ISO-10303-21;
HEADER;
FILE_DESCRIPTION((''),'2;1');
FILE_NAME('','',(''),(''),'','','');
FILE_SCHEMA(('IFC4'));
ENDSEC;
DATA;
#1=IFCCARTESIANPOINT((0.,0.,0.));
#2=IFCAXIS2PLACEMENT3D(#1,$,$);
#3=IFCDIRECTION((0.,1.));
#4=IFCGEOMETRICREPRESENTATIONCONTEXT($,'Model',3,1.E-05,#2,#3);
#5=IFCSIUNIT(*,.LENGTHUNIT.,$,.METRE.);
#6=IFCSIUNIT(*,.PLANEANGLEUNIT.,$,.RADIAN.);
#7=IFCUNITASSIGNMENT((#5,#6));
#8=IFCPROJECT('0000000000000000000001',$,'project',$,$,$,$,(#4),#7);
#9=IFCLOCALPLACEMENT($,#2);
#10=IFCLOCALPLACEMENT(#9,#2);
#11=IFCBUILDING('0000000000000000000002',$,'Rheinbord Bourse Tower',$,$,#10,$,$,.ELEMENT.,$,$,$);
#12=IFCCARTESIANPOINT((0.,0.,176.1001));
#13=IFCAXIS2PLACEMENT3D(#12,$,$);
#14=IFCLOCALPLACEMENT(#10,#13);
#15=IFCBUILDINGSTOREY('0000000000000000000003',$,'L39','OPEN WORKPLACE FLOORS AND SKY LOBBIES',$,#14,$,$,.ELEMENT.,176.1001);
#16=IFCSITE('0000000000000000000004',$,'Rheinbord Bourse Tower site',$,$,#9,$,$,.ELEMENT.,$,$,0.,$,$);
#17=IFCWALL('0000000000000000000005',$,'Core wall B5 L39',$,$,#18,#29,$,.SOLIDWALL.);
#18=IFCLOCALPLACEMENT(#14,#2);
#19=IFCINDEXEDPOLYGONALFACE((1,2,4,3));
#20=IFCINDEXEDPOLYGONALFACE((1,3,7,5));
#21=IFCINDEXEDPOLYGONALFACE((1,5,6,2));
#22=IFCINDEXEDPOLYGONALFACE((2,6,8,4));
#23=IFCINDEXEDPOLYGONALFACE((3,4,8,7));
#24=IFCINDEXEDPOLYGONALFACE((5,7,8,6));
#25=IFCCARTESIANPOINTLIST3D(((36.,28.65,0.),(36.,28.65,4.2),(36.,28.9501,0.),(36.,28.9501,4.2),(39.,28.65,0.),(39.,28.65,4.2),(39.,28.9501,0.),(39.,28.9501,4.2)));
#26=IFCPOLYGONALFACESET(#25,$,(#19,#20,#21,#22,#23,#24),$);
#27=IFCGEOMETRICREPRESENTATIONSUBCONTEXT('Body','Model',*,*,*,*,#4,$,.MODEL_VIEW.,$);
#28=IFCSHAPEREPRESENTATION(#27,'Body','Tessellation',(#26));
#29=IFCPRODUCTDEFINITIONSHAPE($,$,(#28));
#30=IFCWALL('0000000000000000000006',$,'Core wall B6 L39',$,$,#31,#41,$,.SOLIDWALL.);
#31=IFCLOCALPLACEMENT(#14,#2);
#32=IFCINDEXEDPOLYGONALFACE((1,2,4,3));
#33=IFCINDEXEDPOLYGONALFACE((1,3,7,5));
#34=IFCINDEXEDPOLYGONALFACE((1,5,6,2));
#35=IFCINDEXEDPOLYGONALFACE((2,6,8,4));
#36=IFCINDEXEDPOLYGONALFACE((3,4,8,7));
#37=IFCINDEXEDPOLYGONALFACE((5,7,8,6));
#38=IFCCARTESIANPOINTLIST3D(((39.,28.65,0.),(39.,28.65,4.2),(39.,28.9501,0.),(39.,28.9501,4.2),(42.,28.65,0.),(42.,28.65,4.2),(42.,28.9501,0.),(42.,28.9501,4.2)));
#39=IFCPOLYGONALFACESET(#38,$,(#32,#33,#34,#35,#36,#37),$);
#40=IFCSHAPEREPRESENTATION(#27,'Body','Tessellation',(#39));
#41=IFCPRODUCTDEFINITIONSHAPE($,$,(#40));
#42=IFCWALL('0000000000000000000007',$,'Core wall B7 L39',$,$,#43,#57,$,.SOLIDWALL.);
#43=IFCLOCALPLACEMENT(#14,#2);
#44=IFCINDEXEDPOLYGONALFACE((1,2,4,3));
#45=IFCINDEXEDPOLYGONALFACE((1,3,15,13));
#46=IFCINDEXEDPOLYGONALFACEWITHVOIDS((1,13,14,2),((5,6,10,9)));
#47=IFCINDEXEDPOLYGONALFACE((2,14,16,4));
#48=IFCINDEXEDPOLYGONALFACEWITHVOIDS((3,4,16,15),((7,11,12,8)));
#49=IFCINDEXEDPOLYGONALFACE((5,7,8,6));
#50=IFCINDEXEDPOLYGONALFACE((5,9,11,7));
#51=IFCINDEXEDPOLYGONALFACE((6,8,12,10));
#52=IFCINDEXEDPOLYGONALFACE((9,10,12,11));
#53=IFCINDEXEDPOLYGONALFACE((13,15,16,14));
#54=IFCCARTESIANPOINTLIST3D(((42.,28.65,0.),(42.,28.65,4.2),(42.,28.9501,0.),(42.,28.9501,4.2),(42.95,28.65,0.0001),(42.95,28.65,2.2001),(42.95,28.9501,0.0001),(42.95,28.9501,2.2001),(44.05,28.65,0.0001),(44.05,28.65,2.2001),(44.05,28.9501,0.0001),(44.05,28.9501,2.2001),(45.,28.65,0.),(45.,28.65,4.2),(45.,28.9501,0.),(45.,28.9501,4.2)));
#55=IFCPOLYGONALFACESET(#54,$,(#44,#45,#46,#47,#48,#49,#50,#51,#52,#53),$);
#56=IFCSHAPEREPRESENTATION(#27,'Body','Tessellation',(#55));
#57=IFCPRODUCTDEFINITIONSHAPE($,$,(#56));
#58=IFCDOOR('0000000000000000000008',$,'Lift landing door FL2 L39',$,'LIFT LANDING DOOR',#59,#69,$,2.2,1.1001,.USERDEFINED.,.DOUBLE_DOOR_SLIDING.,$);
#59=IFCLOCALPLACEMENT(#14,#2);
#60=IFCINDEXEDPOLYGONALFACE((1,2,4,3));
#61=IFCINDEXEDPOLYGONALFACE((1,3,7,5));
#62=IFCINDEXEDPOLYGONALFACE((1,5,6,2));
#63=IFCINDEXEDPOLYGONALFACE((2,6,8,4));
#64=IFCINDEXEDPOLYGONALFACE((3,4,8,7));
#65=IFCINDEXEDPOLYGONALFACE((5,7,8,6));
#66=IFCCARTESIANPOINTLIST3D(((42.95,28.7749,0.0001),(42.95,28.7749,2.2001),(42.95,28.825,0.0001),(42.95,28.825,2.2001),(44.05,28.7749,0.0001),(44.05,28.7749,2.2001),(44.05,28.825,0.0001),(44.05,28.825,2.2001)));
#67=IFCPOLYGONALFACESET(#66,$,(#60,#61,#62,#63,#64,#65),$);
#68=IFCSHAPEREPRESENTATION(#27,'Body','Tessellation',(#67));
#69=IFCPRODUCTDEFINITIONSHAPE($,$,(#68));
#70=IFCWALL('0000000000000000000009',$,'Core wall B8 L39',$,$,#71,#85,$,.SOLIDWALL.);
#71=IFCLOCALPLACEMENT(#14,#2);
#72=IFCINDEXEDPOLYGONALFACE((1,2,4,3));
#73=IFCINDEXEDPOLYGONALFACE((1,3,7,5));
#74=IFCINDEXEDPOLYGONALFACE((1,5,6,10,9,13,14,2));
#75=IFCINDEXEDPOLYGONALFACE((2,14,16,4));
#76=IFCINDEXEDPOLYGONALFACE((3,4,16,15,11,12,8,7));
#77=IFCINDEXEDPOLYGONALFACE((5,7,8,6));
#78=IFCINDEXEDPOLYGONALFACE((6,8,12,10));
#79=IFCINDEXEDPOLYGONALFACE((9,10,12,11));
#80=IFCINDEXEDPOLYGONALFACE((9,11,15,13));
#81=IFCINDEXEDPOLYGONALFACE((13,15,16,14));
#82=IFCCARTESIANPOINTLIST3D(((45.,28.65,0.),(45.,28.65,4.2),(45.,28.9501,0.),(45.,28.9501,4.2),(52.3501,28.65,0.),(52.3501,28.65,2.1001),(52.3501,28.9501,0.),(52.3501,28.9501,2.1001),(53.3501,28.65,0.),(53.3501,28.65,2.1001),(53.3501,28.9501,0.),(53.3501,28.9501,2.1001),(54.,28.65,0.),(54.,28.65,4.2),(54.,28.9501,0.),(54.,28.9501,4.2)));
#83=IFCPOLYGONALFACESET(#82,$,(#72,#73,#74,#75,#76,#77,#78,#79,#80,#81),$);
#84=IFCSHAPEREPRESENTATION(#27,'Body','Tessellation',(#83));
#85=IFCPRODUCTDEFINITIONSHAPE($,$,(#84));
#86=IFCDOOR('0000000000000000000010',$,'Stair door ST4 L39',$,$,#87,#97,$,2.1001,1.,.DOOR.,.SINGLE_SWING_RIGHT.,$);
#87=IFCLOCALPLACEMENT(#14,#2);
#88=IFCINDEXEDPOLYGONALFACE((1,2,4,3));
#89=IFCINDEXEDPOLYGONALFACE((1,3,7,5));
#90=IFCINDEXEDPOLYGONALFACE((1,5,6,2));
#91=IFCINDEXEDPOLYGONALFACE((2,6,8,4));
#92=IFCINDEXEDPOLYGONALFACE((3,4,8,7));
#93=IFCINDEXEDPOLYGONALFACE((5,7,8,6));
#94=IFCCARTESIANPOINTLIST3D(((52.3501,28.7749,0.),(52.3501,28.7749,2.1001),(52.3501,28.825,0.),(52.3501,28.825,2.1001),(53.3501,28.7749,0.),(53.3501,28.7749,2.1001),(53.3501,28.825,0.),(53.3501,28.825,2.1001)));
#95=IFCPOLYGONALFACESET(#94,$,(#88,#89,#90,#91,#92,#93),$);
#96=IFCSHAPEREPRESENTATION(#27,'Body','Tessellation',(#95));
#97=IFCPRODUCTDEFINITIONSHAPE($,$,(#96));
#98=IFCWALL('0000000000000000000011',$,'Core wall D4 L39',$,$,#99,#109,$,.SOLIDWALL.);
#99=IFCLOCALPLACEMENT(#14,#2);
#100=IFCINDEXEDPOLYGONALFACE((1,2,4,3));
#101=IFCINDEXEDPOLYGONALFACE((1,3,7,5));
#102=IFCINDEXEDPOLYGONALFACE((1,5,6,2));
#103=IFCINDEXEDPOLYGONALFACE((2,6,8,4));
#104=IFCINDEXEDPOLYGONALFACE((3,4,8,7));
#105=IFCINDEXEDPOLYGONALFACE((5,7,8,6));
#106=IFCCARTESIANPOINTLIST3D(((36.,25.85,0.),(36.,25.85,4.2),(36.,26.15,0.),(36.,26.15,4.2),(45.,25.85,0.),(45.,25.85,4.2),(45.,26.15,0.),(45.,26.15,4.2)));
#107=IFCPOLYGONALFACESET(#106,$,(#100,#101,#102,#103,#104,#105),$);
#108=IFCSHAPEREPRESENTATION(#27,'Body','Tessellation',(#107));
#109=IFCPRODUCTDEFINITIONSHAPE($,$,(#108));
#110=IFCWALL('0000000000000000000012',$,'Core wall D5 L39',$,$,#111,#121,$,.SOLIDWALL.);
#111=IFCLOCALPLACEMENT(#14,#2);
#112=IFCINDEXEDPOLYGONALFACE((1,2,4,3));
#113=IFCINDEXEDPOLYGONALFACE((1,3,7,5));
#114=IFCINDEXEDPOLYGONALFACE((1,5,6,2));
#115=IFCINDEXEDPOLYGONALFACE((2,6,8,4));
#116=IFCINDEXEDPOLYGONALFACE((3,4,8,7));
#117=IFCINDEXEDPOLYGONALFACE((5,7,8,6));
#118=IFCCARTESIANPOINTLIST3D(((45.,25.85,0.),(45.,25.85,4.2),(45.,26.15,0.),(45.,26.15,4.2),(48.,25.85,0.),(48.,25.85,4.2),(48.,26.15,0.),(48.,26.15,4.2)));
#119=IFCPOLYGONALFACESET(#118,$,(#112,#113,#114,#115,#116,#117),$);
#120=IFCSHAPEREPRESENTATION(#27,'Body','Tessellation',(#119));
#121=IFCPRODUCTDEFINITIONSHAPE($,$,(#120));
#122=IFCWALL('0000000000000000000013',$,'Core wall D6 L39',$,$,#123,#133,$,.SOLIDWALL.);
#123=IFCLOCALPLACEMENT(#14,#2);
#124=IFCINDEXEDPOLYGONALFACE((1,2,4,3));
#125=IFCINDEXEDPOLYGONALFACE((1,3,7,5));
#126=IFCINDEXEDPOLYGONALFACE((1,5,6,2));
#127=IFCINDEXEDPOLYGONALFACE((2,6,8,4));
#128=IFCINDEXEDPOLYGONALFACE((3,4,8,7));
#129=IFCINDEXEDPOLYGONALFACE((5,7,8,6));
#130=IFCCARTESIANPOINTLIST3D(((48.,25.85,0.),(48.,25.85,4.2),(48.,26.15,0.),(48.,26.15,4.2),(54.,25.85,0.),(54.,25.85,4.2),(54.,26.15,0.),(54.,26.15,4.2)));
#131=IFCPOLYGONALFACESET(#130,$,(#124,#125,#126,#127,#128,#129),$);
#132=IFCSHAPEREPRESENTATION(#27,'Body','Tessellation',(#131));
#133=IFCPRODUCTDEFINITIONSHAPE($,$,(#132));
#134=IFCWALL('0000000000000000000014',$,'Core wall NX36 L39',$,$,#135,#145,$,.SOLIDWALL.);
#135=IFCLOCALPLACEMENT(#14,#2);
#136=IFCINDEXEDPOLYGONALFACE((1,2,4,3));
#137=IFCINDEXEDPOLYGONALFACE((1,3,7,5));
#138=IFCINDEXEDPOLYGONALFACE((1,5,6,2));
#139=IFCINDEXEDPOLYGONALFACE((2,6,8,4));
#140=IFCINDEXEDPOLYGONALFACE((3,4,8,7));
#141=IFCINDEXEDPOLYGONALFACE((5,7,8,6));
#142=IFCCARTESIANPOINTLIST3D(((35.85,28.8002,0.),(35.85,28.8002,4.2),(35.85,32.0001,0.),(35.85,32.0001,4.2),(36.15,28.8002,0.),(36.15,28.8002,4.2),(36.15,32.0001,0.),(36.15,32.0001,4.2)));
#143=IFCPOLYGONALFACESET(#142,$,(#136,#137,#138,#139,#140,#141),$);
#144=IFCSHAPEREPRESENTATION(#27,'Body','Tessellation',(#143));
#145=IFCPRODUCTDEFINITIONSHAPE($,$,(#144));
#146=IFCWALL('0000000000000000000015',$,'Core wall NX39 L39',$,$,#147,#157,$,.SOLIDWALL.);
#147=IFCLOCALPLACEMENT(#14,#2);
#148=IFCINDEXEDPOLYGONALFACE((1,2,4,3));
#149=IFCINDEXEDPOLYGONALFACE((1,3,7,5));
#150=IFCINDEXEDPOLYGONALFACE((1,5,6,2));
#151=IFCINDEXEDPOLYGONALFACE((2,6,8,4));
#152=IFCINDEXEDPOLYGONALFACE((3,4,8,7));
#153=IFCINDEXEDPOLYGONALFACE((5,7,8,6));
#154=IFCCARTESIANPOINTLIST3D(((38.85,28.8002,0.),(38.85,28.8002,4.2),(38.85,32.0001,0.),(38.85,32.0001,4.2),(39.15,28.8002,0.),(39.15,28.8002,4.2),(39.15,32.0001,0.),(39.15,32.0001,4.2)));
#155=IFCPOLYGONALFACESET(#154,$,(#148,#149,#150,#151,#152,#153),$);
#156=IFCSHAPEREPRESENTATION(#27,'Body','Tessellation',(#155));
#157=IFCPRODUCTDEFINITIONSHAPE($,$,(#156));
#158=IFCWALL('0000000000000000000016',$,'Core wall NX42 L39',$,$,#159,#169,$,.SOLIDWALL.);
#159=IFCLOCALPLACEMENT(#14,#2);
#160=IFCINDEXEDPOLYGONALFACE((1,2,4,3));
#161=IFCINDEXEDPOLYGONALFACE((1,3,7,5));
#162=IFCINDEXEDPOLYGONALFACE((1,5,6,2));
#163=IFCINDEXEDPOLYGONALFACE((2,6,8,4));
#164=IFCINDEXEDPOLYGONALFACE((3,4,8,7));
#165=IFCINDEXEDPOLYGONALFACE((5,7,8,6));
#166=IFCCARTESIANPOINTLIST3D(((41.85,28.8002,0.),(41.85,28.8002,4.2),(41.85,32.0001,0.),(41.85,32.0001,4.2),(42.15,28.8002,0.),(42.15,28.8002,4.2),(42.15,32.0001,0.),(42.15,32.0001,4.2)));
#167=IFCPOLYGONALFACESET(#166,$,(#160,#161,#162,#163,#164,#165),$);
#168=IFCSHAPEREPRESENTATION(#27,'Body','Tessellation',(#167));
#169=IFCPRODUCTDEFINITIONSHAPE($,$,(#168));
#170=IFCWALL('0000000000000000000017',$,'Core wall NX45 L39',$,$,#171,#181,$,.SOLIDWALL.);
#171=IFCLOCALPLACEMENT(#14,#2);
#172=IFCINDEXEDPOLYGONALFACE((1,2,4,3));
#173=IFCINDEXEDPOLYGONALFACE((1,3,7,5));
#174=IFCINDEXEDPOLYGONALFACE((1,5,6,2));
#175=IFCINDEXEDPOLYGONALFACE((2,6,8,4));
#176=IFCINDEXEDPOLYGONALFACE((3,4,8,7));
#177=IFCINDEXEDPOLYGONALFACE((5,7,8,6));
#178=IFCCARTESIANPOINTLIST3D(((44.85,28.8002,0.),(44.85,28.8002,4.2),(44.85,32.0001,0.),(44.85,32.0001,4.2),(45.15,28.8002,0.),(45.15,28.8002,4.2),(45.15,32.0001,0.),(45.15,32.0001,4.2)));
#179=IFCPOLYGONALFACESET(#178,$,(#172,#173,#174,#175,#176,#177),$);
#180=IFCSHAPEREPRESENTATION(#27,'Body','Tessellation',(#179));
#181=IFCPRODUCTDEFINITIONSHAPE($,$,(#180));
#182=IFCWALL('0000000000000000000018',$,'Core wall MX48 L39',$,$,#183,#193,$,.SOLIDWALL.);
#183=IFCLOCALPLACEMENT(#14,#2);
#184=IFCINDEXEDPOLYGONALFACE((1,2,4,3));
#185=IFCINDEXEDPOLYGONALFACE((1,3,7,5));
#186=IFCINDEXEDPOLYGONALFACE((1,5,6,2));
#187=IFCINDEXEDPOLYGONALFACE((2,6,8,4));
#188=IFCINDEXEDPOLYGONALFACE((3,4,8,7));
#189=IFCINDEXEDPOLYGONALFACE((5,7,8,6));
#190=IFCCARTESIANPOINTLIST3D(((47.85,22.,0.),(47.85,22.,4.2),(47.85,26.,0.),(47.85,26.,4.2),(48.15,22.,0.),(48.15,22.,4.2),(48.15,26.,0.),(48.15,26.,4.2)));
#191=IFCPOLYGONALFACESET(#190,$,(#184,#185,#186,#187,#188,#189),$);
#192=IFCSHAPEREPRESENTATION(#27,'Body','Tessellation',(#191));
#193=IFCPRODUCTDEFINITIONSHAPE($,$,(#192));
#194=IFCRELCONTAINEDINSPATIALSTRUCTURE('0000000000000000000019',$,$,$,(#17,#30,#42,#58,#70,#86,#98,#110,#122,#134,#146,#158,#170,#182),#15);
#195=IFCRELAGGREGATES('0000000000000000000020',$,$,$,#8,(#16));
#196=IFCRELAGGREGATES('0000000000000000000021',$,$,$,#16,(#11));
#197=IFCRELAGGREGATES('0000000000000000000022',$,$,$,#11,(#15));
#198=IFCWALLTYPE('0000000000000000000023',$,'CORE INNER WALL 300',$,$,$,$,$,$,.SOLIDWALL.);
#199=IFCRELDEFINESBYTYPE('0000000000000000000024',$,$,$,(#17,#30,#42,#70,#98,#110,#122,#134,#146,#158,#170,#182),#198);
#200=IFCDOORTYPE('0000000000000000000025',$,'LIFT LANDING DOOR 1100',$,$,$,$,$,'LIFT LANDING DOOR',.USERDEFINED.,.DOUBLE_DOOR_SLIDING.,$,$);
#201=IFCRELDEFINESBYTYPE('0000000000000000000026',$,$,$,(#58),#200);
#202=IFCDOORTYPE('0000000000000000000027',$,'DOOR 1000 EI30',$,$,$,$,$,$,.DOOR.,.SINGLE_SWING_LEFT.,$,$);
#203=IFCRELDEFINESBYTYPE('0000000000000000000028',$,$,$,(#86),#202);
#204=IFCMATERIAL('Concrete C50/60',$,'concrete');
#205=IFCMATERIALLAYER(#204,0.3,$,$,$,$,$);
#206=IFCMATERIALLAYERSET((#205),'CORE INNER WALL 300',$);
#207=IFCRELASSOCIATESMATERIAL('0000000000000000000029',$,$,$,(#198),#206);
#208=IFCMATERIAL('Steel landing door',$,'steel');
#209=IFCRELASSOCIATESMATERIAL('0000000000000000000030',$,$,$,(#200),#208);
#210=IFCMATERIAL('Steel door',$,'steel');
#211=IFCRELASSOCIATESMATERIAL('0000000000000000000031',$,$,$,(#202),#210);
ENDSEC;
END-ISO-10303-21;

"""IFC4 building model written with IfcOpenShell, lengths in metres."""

from ifc_helpers import new_model, si_unit, direction, frame, frame_2d, origin, place, context, subcontext, project, spatial, rectangle, extrude, material, layer, layer_set, type_object, element, fill, save


model = new_model("IFC4")

# Units and contexts
model_context = context("Model", 3, precision=1e-05, world=origin(), true_north=direction((0.0, 1.0)))
body_context = subcontext(model_context, "Body", "Model", "MODEL_VIEW")
ifc_project = project(units=[si_unit("LENGTHUNIT", "METRE"), si_unit("PLANEANGLEUNIT", "RADIAN")], contexts=[model_context])

# Site, building, storey
site_placement = place(None, origin())
site = spatial("IfcSite", under=ifc_project, at=site_placement, Name="Rheinbord Bourse Tower site", CompositionType="ELEMENT", RefElevation=0.0)
building_placement = place(site_placement, origin())
building = spatial("IfcBuilding", under=site, at=building_placement, Name="Rheinbord Bourse Tower", CompositionType="ELEMENT")
storey_placement = place(building_placement, frame((0.0, 0.0, 176.1001)))
storey = spatial("IfcBuildingStorey", under=building, at=storey_placement, Name="L39", Description="OPEN WORKPLACE FLOORS AND SKY LOBBIES", CompositionType="ELEMENT", Elevation=176.1001)

# Walls
ifc_material_1 = material(Name="Concrete C50/60", Category="concrete")
ifc_layer_1 = layer(ifc_material_1, 0.3)
ifc_layer_set_1 = layer_set([ifc_layer_1], Name="CORE INNER WALL 300")
wall_type_1 = type_object("IfcWallType", Name="CORE INNER WALL 300", PredefinedType="SOLIDWALL", material=ifc_layer_set_1)
for number, where, z_axis, x_axis, name in (
    (1, (36.0, 28.8, 0.0), (0.0, 0.0, 1.0), (1.0, 0.0, 0.0), "Core wall B5 L39"),
    (2, (39.0, 28.8, 0.0), (0.0, 0.0, 1.0), (1.0, 0.0, 0.0), "Core wall B6 L39"),
):
    element("IfcWall", number, at=place(storey_placement, frame(where, z_axis=z_axis, x_axis=x_axis)), inside=storey, type_object=wall_type_1, Name=name, PredefinedType="SOLIDWALL", context=body_context, shape_type="SweptSolid", body=[
        extrude(rectangle(XDim=3.0, YDim=0.3, at=frame_2d((1.5, 0.0))), origin(), (0.0, 0.0, 1.0), 4.2),
    ])

# Walls, openings, doors
wall_1_placement = place(storey_placement, frame((42.0, 28.8, 0.0), z_axis=(0.0, 0.0, 1.0), x_axis=(1.0, 0.0, 0.0)))
wall_1 = element("IfcWall", 3, at=wall_1_placement, inside=storey, type_object=wall_type_1, Name="Core wall B7 L39", PredefinedType="SOLIDWALL", context=body_context, shape_type="SweptSolid", body=[
    extrude(rectangle(XDim=3.0, YDim=0.3, at=frame_2d((1.5, 0.0))), origin(), (0.0, 0.0, 1.0), 4.2),
])
opening_1_placement = place(wall_1_placement, frame((0.95, 0.0, 0.0)))
opening_1 = element("IfcOpeningElement", 4, at=opening_1_placement, cuts=wall_1, PredefinedType="OPENING", context=body_context, shape_type="SweptSolid", body=[
    extrude(rectangle(XDim=1.1001, YDim=2.2, at=frame_2d((0.55, 1.1001))), frame((0.0, 0.1599, 0.0), z_axis=(0.0, -1.0, 0.0), x_axis=(1.0, 0.0, 0.0)), (0.0, 0.0, 1.0), 0.3201),
])
ifc_material_2 = material(Name="Steel landing door", Category="steel")
door_type_1 = type_object("IfcDoorType", Name="LIFT LANDING DOOR 1100", ElementType="LIFT LANDING DOOR", OperationType="DOUBLE_DOOR_SLIDING", PredefinedType="USERDEFINED", material=ifc_material_2)
door_1_placement = place(opening_1_placement, origin())
door_1 = element("IfcDoor", 5, at=door_1_placement, inside=storey, type_object=door_type_1, Name="Lift landing door FL2 L39", ObjectType="LIFT LANDING DOOR", OperationType="DOUBLE_DOOR_SLIDING", OverallHeight=2.2, OverallWidth=1.1001, PredefinedType="USERDEFINED", context=body_context, shape_type="SweptSolid", body=[
    extrude(rectangle(XDim=1.1001, YDim=2.2, at=frame_2d((0.55, 1.1001))), frame((0.0, 0.0249, 0.0), z_axis=(0.0, -1.0, 0.0), x_axis=(1.0, 0.0, 0.0)), (0.0, 0.0, 1.0), 0.05),
])
fill(opening_1, door_1)
wall_2_placement = place(storey_placement, frame((45.0, 28.8, 0.0), z_axis=(0.0, 0.0, 1.0), x_axis=(1.0, 0.0, 0.0)))
wall_2 = element("IfcWall", 6, at=wall_2_placement, inside=storey, type_object=wall_type_1, Name="Core wall B8 L39", PredefinedType="SOLIDWALL", context=body_context, shape_type="SweptSolid", body=[
    extrude(rectangle(XDim=9.0, YDim=0.3, at=frame_2d((4.5, 0.0))), origin(), (0.0, 0.0, 1.0), 4.2),
])
opening_2_placement = place(wall_2_placement, frame((7.3501, 0.0, 0.0)))
opening_2 = element("IfcOpeningElement", 7, at=opening_2_placement, cuts=wall_2, PredefinedType="OPENING", context=body_context, shape_type="SweptSolid", body=[
    extrude(rectangle(XDim=1.0, YDim=2.1001, at=frame_2d((0.5, 1.05))), frame((0.0, 0.1599, 0.0), z_axis=(0.0, -1.0, 0.0), x_axis=(1.0, 0.0, 0.0)), (0.0, 0.0, 1.0), 0.3201),
])
ifc_material_3 = material(Name="Steel door", Category="steel")
door_type_2 = type_object("IfcDoorType", Name="DOOR 1000 EI30", OperationType="SINGLE_SWING_LEFT", PredefinedType="DOOR", material=ifc_material_3)
door_2_placement = place(opening_2_placement, origin())
door_2 = element("IfcDoor", 8, at=door_2_placement, inside=storey, type_object=door_type_2, Name="Stair door ST4 L39", OperationType="SINGLE_SWING_RIGHT", OverallHeight=2.1001, OverallWidth=1.0, PredefinedType="DOOR", context=body_context, shape_type="SweptSolid", body=[
    extrude(rectangle(XDim=1.0, YDim=2.1001, at=frame_2d((0.5, 1.05))), frame((0.0, 0.0249, 0.0), z_axis=(0.0, -1.0, 0.0), x_axis=(1.0, 0.0, 0.0)), (0.0, 0.0, 1.0), 0.05),
])
fill(opening_2, door_2)

# Walls
wall_3_placement = place(storey_placement, frame((36.0, 26.0, 0.0), z_axis=(0.0, 0.0, 1.0), x_axis=(1.0, 0.0, 0.0)))
element("IfcWall", 9, at=wall_3_placement, inside=storey, type_object=wall_type_1, Name="Core wall D4 L39", PredefinedType="SOLIDWALL", context=body_context, shape_type="SweptSolid", body=[
    extrude(rectangle(XDim=9.0, YDim=0.3, at=frame_2d((4.5, 0.0))), origin(), (0.0, 0.0, 1.0), 4.2),
])
wall_4_placement = place(storey_placement, frame((45.0, 26.0, 0.0), z_axis=(0.0, 0.0, 1.0), x_axis=(1.0, 0.0, 0.0)))
element("IfcWall", 10, at=wall_4_placement, inside=storey, type_object=wall_type_1, Name="Core wall D5 L39", PredefinedType="SOLIDWALL", context=body_context, shape_type="SweptSolid", body=[
    extrude(rectangle(XDim=3.0, YDim=0.3, at=frame_2d((1.5, 0.0))), origin(), (0.0, 0.0, 1.0), 4.2),
])
wall_5_placement = place(storey_placement, frame((48.0, 26.0, 0.0), z_axis=(0.0, 0.0, 1.0), x_axis=(1.0, 0.0, 0.0)))
element("IfcWall", 11, at=wall_5_placement, inside=storey, type_object=wall_type_1, Name="Core wall D6 L39", PredefinedType="SOLIDWALL", context=body_context, shape_type="SweptSolid", body=[
    extrude(rectangle(XDim=6.0, YDim=0.3, at=frame_2d((3.0, 0.0))), origin(), (0.0, 0.0, 1.0), 4.2),
])
for number, where, z_axis, x_axis, name in (
    (12, (36.0, 28.8, 0.0), (0.0, 0.0, 1.0), (0.0, 1.0, 0.0), "Core wall NX36 L39"),
    (13, (39.0, 28.8, 0.0), (0.0, 0.0, 1.0), (0.0, 1.0, 0.0), "Core wall NX39 L39"),
    (14, (42.0, 28.8, 0.0), (0.0, 0.0, 1.0), (0.0, 1.0, 0.0), "Core wall NX42 L39"),
    (15, (45.0, 28.8, 0.0), (0.0, 0.0, 1.0), (0.0, 1.0, 0.0), "Core wall NX45 L39"),
):
    element("IfcWall", number, at=place(storey_placement, frame(where, z_axis=z_axis, x_axis=x_axis)), inside=storey, type_object=wall_type_1, Name=name, PredefinedType="SOLIDWALL", context=body_context, shape_type="SweptSolid", body=[
        extrude(rectangle(XDim=3.2, YDim=0.3, at=frame_2d((1.6001, 0.0))), origin(), (0.0, 0.0, 1.0), 4.2),
    ])
wall_6_placement = place(storey_placement, frame((48.0, 22.0, 0.0), z_axis=(0.0, 0.0, 1.0), x_axis=(0.0, 1.0, 0.0)))
element("IfcWall", 16, at=wall_6_placement, inside=storey, type_object=wall_type_1, Name="Core wall MX48 L39", PredefinedType="SOLIDWALL", context=body_context, shape_type="SweptSolid", body=[
    extrude(rectangle(XDim=4.0, YDim=0.3, at=frame_2d((2.0, 0.0))), origin(), (0.0, 0.0, 1.0), 4.2),
])

save(model, "model.ifc")
